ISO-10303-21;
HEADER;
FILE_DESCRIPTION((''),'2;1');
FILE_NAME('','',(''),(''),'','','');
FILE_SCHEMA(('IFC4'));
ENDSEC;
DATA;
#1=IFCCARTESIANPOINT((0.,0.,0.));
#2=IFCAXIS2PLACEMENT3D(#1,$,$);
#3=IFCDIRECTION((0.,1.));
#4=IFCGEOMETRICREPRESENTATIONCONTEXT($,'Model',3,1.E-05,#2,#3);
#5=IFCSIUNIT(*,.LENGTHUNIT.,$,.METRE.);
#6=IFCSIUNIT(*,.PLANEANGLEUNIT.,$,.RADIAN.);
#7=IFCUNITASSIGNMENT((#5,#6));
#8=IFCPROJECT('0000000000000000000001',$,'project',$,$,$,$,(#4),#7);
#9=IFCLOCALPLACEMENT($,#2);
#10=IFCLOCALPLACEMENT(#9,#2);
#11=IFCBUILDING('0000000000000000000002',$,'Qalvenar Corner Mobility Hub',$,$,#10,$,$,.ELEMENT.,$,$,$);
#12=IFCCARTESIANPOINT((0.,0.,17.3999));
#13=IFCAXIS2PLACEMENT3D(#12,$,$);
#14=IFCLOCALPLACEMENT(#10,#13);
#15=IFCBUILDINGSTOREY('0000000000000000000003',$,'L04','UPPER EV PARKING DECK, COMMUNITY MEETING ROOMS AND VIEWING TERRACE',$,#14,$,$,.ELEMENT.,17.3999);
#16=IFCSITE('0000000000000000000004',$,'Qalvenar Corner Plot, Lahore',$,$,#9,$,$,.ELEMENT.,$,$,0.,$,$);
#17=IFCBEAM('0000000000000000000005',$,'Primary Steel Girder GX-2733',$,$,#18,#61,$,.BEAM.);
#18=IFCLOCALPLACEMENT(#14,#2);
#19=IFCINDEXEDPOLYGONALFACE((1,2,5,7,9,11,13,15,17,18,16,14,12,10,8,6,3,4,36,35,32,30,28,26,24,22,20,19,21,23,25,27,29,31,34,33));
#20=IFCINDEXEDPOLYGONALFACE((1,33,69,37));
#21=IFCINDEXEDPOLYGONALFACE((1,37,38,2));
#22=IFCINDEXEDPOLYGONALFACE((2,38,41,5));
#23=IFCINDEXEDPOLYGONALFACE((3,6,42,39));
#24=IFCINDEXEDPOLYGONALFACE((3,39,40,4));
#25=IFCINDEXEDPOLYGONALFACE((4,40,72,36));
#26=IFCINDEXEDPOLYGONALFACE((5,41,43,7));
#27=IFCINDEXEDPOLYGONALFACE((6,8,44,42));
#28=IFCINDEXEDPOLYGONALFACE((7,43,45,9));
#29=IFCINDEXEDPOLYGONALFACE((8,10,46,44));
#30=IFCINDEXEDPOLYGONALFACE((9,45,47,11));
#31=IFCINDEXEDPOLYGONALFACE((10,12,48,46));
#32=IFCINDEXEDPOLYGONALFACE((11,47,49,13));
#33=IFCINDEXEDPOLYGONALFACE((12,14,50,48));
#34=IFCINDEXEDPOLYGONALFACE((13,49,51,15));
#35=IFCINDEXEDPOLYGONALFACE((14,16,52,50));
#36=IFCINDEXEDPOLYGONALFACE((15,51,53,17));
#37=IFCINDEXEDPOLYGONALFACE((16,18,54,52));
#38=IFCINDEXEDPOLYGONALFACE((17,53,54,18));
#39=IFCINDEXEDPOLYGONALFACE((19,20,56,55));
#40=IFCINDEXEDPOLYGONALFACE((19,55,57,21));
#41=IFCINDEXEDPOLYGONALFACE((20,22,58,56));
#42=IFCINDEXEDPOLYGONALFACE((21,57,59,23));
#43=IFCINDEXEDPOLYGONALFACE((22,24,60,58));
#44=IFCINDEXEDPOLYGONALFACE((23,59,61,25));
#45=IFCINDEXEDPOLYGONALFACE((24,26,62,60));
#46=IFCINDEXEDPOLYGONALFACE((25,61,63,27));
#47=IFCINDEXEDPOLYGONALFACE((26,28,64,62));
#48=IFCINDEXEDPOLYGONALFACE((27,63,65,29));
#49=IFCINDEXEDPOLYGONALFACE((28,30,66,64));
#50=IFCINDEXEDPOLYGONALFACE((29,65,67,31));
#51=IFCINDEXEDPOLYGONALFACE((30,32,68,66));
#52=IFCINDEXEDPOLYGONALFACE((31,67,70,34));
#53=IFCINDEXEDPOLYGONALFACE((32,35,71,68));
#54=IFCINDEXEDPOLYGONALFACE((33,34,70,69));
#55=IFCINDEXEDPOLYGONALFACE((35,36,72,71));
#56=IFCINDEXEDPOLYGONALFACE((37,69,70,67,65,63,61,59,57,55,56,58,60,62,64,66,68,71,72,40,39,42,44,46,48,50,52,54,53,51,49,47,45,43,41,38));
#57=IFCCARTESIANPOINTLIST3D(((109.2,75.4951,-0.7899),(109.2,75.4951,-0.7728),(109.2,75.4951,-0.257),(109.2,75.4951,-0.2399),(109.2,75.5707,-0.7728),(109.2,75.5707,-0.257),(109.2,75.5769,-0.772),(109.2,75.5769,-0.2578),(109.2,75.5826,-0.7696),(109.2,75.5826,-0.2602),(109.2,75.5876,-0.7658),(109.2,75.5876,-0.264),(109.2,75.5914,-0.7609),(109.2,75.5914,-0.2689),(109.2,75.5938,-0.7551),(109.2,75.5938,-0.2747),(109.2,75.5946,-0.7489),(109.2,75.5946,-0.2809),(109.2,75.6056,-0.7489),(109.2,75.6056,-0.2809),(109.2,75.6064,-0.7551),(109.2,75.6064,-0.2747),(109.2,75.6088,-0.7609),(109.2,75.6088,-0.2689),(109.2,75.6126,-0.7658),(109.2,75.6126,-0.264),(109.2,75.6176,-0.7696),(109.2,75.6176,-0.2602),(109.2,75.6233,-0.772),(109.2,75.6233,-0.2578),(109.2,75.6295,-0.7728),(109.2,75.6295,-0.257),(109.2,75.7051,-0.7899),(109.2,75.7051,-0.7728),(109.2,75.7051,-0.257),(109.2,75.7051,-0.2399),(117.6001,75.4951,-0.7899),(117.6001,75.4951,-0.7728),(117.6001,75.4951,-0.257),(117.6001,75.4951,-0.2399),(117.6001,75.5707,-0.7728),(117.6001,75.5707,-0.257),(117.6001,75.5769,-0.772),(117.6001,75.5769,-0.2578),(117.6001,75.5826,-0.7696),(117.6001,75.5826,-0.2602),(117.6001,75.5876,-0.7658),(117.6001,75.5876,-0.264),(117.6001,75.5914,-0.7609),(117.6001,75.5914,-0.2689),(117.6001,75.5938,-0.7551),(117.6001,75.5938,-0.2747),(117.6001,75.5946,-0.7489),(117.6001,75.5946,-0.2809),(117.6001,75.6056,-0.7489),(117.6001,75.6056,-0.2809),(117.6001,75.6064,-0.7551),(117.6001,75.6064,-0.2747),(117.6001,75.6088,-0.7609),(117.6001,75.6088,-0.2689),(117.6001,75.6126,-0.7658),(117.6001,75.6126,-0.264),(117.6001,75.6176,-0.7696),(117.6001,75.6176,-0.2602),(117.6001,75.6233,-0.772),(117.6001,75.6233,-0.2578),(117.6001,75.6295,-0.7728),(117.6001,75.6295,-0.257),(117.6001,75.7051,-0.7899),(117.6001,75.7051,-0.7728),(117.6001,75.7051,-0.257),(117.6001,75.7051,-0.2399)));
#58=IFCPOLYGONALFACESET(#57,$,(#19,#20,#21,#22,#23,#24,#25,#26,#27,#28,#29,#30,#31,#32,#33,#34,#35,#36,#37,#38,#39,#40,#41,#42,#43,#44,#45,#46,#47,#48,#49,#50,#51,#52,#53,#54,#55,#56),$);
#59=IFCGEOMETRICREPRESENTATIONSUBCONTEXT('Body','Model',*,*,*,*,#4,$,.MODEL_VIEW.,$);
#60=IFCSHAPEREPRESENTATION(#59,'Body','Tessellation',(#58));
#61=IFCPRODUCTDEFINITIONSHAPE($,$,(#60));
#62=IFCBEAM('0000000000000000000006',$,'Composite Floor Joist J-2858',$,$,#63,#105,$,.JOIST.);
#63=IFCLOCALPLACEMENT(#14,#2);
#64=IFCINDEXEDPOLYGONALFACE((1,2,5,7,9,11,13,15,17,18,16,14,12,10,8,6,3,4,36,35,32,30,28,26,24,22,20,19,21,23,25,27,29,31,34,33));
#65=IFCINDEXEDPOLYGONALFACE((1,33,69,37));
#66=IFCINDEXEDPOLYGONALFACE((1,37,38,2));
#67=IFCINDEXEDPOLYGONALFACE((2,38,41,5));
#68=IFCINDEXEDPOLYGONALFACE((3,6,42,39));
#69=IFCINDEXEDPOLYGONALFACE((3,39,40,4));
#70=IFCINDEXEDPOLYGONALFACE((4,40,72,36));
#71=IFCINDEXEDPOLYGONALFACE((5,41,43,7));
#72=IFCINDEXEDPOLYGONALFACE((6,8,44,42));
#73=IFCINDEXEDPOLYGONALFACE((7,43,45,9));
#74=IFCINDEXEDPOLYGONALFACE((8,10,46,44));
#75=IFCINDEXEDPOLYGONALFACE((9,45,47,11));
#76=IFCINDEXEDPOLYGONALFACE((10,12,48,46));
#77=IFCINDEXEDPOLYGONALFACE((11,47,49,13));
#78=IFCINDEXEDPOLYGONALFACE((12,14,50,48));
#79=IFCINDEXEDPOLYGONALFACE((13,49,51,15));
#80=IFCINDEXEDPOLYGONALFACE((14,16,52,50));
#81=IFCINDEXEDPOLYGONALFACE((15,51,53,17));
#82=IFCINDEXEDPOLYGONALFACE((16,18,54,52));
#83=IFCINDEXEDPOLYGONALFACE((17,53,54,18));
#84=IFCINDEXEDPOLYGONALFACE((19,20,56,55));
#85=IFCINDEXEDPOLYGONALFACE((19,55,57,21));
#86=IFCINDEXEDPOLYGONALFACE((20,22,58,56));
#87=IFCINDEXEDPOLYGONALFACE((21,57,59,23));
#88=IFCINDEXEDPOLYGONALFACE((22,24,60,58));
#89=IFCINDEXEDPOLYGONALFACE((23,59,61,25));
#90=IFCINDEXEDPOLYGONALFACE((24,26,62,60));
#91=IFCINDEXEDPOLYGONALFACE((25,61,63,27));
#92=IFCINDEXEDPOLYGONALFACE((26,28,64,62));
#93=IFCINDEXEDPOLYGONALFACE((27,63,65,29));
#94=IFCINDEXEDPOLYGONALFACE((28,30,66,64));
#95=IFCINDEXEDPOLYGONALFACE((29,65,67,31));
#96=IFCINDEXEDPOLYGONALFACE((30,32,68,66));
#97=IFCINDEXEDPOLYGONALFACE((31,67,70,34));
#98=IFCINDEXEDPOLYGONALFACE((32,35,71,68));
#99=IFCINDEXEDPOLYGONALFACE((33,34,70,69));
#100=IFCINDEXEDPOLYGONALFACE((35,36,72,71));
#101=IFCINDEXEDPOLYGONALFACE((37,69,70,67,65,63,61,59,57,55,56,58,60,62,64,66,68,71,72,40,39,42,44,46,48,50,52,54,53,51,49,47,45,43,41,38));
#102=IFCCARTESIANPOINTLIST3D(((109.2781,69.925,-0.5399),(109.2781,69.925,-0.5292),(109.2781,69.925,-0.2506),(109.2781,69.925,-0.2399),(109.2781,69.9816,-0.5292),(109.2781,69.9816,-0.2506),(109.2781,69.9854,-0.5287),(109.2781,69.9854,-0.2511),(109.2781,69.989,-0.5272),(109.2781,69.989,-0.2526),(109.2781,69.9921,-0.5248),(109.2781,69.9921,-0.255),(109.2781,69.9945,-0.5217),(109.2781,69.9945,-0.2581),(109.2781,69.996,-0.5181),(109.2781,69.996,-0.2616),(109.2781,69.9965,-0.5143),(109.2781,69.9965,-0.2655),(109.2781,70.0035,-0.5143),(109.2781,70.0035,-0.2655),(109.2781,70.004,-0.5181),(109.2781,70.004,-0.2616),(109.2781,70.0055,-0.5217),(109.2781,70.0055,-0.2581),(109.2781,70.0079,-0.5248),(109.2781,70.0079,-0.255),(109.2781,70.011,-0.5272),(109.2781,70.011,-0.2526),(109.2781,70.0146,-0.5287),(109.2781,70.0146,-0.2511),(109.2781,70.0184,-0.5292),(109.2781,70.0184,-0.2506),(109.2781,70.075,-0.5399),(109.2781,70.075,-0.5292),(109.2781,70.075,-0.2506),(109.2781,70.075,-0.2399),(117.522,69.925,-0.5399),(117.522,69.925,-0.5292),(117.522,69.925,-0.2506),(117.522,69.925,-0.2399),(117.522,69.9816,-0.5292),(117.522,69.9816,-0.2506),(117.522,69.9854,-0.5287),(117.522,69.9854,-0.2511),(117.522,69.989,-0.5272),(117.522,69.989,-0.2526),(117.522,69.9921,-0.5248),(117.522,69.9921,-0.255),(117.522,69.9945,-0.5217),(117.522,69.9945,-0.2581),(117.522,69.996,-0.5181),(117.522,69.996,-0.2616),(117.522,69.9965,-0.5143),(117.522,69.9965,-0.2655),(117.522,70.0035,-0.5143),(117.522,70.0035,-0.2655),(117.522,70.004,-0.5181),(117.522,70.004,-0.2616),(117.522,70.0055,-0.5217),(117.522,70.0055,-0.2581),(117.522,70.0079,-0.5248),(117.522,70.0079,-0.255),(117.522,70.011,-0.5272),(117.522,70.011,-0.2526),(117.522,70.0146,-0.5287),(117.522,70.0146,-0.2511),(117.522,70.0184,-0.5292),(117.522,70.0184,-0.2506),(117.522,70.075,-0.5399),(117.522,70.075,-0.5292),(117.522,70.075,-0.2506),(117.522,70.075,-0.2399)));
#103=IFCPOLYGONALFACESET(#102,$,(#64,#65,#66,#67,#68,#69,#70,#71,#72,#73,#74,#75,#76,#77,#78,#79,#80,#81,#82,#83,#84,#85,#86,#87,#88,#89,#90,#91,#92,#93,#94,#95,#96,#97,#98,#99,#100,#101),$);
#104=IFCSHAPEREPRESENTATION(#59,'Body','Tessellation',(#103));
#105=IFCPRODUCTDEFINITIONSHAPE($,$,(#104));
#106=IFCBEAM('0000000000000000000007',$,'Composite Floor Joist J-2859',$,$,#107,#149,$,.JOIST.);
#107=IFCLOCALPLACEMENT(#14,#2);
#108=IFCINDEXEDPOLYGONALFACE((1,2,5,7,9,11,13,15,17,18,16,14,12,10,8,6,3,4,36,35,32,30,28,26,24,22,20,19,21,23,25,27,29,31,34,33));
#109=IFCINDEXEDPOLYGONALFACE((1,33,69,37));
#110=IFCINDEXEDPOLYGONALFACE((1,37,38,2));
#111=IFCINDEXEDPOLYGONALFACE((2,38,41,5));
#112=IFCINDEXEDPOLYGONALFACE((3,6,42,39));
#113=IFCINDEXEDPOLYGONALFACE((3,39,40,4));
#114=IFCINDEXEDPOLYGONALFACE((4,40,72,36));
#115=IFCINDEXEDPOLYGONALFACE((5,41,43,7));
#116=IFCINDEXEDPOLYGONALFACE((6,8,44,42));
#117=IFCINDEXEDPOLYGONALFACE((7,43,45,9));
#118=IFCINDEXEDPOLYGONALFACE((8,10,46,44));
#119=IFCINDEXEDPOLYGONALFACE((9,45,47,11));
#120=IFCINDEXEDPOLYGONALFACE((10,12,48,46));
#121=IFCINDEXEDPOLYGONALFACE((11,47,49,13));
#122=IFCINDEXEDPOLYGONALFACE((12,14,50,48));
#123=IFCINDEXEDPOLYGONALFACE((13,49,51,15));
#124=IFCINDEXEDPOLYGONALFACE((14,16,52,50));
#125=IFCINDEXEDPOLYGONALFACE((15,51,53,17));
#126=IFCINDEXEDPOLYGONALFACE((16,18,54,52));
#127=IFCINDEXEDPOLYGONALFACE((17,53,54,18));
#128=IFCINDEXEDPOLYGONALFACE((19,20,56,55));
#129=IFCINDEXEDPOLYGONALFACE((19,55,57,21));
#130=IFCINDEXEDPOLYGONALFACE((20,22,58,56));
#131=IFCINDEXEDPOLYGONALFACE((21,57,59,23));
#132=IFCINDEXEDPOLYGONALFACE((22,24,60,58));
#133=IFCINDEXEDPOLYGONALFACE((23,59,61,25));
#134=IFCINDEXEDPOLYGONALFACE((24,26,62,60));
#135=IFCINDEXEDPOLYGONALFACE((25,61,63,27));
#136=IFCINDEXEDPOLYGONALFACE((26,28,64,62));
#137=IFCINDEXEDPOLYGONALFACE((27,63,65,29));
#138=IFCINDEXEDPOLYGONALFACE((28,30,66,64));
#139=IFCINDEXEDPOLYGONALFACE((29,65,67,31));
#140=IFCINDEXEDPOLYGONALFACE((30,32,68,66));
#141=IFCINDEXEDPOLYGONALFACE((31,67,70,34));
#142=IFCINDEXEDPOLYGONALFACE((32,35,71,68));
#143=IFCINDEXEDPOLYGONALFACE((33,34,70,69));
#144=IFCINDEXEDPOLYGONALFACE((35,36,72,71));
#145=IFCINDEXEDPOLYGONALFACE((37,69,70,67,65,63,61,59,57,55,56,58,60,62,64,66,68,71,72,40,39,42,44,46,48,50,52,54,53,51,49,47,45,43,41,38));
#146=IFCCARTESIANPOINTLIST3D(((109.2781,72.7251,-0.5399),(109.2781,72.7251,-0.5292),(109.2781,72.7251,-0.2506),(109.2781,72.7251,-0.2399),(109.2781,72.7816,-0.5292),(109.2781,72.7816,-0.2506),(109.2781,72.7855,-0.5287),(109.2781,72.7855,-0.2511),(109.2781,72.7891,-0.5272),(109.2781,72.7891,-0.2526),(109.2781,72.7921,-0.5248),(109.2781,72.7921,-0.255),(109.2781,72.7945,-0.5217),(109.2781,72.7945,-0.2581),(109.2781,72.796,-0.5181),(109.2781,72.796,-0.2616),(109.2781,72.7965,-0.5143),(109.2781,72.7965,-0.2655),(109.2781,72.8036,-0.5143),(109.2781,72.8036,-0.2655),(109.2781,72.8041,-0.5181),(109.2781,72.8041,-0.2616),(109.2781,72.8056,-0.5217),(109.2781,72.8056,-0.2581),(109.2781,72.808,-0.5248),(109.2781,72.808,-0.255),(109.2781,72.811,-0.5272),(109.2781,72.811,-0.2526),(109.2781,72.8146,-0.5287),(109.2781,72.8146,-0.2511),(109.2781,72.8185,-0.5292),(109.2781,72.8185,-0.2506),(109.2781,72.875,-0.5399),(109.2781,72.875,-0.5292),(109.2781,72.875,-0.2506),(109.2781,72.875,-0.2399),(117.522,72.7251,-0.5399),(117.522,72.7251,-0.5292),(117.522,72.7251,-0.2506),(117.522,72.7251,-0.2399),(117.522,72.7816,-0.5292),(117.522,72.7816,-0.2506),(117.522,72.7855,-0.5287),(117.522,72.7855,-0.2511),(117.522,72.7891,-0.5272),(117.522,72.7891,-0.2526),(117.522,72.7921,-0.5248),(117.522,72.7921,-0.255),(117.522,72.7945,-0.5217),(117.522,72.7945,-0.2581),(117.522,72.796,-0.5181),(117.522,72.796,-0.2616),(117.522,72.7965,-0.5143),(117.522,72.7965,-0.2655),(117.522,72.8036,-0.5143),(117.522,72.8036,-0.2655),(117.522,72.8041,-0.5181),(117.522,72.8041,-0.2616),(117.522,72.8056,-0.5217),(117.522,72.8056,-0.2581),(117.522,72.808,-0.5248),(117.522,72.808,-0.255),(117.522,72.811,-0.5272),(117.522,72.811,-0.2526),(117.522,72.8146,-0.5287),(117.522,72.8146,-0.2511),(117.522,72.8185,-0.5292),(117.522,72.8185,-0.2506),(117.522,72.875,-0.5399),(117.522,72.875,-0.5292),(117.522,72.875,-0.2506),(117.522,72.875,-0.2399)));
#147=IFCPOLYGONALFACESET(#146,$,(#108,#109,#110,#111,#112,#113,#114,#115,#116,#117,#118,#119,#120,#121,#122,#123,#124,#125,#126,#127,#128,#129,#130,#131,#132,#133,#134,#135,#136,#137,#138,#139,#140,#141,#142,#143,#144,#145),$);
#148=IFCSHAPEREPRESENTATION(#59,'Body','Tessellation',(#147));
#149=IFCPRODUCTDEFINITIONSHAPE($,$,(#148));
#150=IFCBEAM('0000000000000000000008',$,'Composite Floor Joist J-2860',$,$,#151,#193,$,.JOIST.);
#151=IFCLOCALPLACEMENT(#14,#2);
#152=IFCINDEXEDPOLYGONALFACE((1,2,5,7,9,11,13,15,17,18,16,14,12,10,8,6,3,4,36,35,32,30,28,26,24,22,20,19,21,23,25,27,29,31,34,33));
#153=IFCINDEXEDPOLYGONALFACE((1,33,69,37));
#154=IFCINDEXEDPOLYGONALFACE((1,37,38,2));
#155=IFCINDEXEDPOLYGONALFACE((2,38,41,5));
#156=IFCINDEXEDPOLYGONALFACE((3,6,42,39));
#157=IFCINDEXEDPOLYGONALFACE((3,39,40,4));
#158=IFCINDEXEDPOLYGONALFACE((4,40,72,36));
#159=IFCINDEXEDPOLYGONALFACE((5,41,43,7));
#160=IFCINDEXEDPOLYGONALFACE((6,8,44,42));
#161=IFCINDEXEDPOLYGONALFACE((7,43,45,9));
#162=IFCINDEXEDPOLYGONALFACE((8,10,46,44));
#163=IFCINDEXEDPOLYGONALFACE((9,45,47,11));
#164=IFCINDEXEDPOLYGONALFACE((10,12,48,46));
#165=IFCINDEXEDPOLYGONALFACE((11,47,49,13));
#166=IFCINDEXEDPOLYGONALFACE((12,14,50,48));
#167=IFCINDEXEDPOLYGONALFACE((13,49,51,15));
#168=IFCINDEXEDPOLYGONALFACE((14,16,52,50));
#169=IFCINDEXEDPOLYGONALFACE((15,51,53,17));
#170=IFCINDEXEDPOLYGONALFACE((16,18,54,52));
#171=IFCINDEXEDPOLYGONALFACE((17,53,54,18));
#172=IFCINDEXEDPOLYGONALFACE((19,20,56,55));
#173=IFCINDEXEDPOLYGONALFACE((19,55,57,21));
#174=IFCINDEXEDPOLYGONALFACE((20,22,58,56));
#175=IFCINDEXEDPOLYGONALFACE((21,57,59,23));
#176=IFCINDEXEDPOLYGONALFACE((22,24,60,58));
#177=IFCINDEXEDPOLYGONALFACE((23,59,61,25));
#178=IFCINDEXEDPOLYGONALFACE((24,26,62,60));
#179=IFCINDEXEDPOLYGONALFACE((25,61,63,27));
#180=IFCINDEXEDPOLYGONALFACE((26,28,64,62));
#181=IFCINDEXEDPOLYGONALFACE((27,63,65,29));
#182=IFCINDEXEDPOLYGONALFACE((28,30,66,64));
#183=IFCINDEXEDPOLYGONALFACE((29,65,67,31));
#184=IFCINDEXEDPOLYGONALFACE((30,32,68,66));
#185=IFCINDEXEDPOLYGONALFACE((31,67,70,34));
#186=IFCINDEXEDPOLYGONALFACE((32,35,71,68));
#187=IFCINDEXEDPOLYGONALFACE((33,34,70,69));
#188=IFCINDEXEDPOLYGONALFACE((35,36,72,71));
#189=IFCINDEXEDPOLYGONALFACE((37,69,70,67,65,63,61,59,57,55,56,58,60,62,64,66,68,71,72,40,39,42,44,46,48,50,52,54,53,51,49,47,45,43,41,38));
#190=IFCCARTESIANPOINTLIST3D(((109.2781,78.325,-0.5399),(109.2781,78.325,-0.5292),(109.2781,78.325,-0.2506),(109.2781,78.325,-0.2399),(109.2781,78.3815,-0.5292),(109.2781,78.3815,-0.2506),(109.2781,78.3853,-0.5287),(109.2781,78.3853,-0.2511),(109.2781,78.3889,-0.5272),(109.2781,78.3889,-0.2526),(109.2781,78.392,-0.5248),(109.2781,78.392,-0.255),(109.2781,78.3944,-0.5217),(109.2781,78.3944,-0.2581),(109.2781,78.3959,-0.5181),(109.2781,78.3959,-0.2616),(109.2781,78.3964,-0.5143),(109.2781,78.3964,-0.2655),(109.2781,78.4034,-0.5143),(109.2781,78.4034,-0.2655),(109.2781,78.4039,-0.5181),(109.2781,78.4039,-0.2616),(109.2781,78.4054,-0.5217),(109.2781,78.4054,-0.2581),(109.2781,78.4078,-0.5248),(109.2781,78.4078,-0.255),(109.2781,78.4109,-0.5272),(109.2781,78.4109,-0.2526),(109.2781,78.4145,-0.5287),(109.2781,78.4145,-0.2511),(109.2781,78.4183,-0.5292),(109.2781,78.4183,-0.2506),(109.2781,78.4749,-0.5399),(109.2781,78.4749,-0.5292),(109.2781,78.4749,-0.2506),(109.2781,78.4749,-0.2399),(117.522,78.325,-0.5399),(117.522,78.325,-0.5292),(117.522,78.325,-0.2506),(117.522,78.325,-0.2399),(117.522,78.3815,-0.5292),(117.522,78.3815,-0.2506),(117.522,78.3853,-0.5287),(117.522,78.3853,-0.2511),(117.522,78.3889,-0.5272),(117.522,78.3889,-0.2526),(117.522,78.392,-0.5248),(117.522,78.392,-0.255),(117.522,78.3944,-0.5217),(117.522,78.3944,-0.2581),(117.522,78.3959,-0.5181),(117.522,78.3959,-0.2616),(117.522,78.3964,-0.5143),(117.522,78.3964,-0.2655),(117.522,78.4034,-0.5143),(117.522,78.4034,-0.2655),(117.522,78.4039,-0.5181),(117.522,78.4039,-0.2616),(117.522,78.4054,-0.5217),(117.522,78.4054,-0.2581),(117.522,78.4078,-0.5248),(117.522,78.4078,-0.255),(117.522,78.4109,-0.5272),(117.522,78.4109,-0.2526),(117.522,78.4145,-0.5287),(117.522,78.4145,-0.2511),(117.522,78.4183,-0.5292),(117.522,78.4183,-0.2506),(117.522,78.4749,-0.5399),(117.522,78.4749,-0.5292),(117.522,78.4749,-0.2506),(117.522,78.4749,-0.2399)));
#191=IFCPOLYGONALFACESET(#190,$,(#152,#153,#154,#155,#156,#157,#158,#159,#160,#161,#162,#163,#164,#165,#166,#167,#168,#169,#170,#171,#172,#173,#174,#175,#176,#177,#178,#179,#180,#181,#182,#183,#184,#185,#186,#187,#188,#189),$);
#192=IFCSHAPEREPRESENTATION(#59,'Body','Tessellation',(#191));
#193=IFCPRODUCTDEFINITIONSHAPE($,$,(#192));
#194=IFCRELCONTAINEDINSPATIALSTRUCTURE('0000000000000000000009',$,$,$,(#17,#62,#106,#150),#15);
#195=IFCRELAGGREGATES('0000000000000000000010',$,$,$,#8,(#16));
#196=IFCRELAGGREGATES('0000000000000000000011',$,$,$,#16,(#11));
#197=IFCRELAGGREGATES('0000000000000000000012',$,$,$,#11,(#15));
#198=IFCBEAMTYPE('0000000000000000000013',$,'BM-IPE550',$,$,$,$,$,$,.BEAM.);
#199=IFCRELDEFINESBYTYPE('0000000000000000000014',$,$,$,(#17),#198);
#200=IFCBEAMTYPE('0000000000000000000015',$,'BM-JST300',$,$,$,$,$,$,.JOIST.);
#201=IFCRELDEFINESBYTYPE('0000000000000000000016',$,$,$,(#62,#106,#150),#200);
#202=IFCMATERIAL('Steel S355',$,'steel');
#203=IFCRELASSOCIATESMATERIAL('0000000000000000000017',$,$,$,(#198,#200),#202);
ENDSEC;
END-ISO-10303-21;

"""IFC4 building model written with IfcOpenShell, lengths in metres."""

from ifc_helpers import new_model, si_unit, direction, frame, origin, origin_2d, place, context, subcontext, project, spatial, i_section, extrude, material, material_profile, profile_set, type_object, element, save


model = new_model("IFC4")

# Units and contexts
model_context = context("Model", 3, precision=1e-05, world=origin(), true_north=direction((0.0, 1.0)))
body_context = subcontext(model_context, "Body", "Model", "MODEL_VIEW")
ifc_project = project(units=[si_unit("LENGTHUNIT", "METRE"), si_unit("PLANEANGLEUNIT", "RADIAN")], contexts=[model_context])

# Site, building, storey
site_placement = place(None, origin())
site = spatial("IfcSite", under=ifc_project, at=site_placement, Name="Qalvenar Corner Plot, Lahore", CompositionType="ELEMENT", RefElevation=0.0)
building_placement = place(site_placement, origin())
building = spatial("IfcBuilding", under=site, at=building_placement, Name="Qalvenar Corner Mobility Hub", CompositionType="ELEMENT")
storey_placement = place(building_placement, frame((0.0, 0.0, 17.3999)))
storey = spatial("IfcBuildingStorey", under=building, at=storey_placement, Name="L04", Description="UPPER EV PARKING DECK, COMMUNITY MEETING ROOMS AND VIEWING TERRACE", CompositionType="ELEMENT", Elevation=17.3999)

# Shared definitions
ifc_material = material(Name="Steel S355", Category="steel")

# Beams
ifc_material_profile_1 = material_profile(ifc_material, i_section(OverallWidth=0.21, OverallDepth=0.55, WebThickness=0.011, FlangeThickness=0.0171, FilletRadius=0.0239, at=origin_2d()), Name="IPE550")
ifc_profile_set_1 = profile_set([ifc_material_profile_1], Name="Steel S355")
beam_type_1 = type_object("IfcBeamType", Name="BM-IPE550", PredefinedType="BEAM", material=ifc_profile_set_1)
beam_1_placement = place(storey_placement, frame((109.2, 75.6001, -0.5149), z_axis=(1.0, 0.0, 0.0), x_axis=(0.0, 1.0, 0.0)))
element("IfcBeam", 1, at=beam_1_placement, inside=storey, type_object=beam_type_1, Name="Primary Steel Girder GX-2733", PredefinedType="BEAM", context=body_context, shape_type="SweptSolid", body=[
    extrude(i_section(OverallWidth=0.21, OverallDepth=0.55, WebThickness=0.011, FlangeThickness=0.0171, FilletRadius=0.0239, at=origin_2d()), origin(), (0.0, 0.0, 1.0), 8.4001),
])
ifc_material_profile_2 = material_profile(ifc_material, i_section(OverallWidth=0.1499, OverallDepth=0.3, WebThickness=0.0071, FlangeThickness=0.0107, FilletRadius=0.0149, at=origin_2d()), Name="IPE300")
ifc_profile_set_2 = profile_set([ifc_material_profile_2], Name="Steel S355")
beam_type_2 = type_object("IfcBeamType", Name="BM-JST300", PredefinedType="JOIST", material=ifc_profile_set_2)
for number, where, z_axis, x_axis, name in (
    (2, (109.2781, 70.0, -0.3899), (1.0, 0.0, 0.0), (0.0, 1.0, 0.0), "Composite Floor Joist J-2858"),
    (3, (109.2781, 72.8, -0.3899), (1.0, 0.0, 0.0), (0.0, 1.0, 0.0), "Composite Floor Joist J-2859"),
    (4, (109.2781, 78.3999, -0.3899), (1.0, 0.0, 0.0), (0.0, 1.0, 0.0), "Composite Floor Joist J-2860"),
):
    element("IfcBeam", number, at=place(storey_placement, frame(where, z_axis=z_axis, x_axis=x_axis)), inside=storey, type_object=beam_type_2, Name=name, PredefinedType="JOIST", context=body_context, shape_type="SweptSolid", body=[
        extrude(i_section(OverallWidth=0.1499, OverallDepth=0.3, WebThickness=0.0071, FlangeThickness=0.0107, FilletRadius=0.0149, at=origin_2d()), origin(), (0.0, 0.0, 1.0), 8.2439),
    ])

save(model, "model.ifc")
